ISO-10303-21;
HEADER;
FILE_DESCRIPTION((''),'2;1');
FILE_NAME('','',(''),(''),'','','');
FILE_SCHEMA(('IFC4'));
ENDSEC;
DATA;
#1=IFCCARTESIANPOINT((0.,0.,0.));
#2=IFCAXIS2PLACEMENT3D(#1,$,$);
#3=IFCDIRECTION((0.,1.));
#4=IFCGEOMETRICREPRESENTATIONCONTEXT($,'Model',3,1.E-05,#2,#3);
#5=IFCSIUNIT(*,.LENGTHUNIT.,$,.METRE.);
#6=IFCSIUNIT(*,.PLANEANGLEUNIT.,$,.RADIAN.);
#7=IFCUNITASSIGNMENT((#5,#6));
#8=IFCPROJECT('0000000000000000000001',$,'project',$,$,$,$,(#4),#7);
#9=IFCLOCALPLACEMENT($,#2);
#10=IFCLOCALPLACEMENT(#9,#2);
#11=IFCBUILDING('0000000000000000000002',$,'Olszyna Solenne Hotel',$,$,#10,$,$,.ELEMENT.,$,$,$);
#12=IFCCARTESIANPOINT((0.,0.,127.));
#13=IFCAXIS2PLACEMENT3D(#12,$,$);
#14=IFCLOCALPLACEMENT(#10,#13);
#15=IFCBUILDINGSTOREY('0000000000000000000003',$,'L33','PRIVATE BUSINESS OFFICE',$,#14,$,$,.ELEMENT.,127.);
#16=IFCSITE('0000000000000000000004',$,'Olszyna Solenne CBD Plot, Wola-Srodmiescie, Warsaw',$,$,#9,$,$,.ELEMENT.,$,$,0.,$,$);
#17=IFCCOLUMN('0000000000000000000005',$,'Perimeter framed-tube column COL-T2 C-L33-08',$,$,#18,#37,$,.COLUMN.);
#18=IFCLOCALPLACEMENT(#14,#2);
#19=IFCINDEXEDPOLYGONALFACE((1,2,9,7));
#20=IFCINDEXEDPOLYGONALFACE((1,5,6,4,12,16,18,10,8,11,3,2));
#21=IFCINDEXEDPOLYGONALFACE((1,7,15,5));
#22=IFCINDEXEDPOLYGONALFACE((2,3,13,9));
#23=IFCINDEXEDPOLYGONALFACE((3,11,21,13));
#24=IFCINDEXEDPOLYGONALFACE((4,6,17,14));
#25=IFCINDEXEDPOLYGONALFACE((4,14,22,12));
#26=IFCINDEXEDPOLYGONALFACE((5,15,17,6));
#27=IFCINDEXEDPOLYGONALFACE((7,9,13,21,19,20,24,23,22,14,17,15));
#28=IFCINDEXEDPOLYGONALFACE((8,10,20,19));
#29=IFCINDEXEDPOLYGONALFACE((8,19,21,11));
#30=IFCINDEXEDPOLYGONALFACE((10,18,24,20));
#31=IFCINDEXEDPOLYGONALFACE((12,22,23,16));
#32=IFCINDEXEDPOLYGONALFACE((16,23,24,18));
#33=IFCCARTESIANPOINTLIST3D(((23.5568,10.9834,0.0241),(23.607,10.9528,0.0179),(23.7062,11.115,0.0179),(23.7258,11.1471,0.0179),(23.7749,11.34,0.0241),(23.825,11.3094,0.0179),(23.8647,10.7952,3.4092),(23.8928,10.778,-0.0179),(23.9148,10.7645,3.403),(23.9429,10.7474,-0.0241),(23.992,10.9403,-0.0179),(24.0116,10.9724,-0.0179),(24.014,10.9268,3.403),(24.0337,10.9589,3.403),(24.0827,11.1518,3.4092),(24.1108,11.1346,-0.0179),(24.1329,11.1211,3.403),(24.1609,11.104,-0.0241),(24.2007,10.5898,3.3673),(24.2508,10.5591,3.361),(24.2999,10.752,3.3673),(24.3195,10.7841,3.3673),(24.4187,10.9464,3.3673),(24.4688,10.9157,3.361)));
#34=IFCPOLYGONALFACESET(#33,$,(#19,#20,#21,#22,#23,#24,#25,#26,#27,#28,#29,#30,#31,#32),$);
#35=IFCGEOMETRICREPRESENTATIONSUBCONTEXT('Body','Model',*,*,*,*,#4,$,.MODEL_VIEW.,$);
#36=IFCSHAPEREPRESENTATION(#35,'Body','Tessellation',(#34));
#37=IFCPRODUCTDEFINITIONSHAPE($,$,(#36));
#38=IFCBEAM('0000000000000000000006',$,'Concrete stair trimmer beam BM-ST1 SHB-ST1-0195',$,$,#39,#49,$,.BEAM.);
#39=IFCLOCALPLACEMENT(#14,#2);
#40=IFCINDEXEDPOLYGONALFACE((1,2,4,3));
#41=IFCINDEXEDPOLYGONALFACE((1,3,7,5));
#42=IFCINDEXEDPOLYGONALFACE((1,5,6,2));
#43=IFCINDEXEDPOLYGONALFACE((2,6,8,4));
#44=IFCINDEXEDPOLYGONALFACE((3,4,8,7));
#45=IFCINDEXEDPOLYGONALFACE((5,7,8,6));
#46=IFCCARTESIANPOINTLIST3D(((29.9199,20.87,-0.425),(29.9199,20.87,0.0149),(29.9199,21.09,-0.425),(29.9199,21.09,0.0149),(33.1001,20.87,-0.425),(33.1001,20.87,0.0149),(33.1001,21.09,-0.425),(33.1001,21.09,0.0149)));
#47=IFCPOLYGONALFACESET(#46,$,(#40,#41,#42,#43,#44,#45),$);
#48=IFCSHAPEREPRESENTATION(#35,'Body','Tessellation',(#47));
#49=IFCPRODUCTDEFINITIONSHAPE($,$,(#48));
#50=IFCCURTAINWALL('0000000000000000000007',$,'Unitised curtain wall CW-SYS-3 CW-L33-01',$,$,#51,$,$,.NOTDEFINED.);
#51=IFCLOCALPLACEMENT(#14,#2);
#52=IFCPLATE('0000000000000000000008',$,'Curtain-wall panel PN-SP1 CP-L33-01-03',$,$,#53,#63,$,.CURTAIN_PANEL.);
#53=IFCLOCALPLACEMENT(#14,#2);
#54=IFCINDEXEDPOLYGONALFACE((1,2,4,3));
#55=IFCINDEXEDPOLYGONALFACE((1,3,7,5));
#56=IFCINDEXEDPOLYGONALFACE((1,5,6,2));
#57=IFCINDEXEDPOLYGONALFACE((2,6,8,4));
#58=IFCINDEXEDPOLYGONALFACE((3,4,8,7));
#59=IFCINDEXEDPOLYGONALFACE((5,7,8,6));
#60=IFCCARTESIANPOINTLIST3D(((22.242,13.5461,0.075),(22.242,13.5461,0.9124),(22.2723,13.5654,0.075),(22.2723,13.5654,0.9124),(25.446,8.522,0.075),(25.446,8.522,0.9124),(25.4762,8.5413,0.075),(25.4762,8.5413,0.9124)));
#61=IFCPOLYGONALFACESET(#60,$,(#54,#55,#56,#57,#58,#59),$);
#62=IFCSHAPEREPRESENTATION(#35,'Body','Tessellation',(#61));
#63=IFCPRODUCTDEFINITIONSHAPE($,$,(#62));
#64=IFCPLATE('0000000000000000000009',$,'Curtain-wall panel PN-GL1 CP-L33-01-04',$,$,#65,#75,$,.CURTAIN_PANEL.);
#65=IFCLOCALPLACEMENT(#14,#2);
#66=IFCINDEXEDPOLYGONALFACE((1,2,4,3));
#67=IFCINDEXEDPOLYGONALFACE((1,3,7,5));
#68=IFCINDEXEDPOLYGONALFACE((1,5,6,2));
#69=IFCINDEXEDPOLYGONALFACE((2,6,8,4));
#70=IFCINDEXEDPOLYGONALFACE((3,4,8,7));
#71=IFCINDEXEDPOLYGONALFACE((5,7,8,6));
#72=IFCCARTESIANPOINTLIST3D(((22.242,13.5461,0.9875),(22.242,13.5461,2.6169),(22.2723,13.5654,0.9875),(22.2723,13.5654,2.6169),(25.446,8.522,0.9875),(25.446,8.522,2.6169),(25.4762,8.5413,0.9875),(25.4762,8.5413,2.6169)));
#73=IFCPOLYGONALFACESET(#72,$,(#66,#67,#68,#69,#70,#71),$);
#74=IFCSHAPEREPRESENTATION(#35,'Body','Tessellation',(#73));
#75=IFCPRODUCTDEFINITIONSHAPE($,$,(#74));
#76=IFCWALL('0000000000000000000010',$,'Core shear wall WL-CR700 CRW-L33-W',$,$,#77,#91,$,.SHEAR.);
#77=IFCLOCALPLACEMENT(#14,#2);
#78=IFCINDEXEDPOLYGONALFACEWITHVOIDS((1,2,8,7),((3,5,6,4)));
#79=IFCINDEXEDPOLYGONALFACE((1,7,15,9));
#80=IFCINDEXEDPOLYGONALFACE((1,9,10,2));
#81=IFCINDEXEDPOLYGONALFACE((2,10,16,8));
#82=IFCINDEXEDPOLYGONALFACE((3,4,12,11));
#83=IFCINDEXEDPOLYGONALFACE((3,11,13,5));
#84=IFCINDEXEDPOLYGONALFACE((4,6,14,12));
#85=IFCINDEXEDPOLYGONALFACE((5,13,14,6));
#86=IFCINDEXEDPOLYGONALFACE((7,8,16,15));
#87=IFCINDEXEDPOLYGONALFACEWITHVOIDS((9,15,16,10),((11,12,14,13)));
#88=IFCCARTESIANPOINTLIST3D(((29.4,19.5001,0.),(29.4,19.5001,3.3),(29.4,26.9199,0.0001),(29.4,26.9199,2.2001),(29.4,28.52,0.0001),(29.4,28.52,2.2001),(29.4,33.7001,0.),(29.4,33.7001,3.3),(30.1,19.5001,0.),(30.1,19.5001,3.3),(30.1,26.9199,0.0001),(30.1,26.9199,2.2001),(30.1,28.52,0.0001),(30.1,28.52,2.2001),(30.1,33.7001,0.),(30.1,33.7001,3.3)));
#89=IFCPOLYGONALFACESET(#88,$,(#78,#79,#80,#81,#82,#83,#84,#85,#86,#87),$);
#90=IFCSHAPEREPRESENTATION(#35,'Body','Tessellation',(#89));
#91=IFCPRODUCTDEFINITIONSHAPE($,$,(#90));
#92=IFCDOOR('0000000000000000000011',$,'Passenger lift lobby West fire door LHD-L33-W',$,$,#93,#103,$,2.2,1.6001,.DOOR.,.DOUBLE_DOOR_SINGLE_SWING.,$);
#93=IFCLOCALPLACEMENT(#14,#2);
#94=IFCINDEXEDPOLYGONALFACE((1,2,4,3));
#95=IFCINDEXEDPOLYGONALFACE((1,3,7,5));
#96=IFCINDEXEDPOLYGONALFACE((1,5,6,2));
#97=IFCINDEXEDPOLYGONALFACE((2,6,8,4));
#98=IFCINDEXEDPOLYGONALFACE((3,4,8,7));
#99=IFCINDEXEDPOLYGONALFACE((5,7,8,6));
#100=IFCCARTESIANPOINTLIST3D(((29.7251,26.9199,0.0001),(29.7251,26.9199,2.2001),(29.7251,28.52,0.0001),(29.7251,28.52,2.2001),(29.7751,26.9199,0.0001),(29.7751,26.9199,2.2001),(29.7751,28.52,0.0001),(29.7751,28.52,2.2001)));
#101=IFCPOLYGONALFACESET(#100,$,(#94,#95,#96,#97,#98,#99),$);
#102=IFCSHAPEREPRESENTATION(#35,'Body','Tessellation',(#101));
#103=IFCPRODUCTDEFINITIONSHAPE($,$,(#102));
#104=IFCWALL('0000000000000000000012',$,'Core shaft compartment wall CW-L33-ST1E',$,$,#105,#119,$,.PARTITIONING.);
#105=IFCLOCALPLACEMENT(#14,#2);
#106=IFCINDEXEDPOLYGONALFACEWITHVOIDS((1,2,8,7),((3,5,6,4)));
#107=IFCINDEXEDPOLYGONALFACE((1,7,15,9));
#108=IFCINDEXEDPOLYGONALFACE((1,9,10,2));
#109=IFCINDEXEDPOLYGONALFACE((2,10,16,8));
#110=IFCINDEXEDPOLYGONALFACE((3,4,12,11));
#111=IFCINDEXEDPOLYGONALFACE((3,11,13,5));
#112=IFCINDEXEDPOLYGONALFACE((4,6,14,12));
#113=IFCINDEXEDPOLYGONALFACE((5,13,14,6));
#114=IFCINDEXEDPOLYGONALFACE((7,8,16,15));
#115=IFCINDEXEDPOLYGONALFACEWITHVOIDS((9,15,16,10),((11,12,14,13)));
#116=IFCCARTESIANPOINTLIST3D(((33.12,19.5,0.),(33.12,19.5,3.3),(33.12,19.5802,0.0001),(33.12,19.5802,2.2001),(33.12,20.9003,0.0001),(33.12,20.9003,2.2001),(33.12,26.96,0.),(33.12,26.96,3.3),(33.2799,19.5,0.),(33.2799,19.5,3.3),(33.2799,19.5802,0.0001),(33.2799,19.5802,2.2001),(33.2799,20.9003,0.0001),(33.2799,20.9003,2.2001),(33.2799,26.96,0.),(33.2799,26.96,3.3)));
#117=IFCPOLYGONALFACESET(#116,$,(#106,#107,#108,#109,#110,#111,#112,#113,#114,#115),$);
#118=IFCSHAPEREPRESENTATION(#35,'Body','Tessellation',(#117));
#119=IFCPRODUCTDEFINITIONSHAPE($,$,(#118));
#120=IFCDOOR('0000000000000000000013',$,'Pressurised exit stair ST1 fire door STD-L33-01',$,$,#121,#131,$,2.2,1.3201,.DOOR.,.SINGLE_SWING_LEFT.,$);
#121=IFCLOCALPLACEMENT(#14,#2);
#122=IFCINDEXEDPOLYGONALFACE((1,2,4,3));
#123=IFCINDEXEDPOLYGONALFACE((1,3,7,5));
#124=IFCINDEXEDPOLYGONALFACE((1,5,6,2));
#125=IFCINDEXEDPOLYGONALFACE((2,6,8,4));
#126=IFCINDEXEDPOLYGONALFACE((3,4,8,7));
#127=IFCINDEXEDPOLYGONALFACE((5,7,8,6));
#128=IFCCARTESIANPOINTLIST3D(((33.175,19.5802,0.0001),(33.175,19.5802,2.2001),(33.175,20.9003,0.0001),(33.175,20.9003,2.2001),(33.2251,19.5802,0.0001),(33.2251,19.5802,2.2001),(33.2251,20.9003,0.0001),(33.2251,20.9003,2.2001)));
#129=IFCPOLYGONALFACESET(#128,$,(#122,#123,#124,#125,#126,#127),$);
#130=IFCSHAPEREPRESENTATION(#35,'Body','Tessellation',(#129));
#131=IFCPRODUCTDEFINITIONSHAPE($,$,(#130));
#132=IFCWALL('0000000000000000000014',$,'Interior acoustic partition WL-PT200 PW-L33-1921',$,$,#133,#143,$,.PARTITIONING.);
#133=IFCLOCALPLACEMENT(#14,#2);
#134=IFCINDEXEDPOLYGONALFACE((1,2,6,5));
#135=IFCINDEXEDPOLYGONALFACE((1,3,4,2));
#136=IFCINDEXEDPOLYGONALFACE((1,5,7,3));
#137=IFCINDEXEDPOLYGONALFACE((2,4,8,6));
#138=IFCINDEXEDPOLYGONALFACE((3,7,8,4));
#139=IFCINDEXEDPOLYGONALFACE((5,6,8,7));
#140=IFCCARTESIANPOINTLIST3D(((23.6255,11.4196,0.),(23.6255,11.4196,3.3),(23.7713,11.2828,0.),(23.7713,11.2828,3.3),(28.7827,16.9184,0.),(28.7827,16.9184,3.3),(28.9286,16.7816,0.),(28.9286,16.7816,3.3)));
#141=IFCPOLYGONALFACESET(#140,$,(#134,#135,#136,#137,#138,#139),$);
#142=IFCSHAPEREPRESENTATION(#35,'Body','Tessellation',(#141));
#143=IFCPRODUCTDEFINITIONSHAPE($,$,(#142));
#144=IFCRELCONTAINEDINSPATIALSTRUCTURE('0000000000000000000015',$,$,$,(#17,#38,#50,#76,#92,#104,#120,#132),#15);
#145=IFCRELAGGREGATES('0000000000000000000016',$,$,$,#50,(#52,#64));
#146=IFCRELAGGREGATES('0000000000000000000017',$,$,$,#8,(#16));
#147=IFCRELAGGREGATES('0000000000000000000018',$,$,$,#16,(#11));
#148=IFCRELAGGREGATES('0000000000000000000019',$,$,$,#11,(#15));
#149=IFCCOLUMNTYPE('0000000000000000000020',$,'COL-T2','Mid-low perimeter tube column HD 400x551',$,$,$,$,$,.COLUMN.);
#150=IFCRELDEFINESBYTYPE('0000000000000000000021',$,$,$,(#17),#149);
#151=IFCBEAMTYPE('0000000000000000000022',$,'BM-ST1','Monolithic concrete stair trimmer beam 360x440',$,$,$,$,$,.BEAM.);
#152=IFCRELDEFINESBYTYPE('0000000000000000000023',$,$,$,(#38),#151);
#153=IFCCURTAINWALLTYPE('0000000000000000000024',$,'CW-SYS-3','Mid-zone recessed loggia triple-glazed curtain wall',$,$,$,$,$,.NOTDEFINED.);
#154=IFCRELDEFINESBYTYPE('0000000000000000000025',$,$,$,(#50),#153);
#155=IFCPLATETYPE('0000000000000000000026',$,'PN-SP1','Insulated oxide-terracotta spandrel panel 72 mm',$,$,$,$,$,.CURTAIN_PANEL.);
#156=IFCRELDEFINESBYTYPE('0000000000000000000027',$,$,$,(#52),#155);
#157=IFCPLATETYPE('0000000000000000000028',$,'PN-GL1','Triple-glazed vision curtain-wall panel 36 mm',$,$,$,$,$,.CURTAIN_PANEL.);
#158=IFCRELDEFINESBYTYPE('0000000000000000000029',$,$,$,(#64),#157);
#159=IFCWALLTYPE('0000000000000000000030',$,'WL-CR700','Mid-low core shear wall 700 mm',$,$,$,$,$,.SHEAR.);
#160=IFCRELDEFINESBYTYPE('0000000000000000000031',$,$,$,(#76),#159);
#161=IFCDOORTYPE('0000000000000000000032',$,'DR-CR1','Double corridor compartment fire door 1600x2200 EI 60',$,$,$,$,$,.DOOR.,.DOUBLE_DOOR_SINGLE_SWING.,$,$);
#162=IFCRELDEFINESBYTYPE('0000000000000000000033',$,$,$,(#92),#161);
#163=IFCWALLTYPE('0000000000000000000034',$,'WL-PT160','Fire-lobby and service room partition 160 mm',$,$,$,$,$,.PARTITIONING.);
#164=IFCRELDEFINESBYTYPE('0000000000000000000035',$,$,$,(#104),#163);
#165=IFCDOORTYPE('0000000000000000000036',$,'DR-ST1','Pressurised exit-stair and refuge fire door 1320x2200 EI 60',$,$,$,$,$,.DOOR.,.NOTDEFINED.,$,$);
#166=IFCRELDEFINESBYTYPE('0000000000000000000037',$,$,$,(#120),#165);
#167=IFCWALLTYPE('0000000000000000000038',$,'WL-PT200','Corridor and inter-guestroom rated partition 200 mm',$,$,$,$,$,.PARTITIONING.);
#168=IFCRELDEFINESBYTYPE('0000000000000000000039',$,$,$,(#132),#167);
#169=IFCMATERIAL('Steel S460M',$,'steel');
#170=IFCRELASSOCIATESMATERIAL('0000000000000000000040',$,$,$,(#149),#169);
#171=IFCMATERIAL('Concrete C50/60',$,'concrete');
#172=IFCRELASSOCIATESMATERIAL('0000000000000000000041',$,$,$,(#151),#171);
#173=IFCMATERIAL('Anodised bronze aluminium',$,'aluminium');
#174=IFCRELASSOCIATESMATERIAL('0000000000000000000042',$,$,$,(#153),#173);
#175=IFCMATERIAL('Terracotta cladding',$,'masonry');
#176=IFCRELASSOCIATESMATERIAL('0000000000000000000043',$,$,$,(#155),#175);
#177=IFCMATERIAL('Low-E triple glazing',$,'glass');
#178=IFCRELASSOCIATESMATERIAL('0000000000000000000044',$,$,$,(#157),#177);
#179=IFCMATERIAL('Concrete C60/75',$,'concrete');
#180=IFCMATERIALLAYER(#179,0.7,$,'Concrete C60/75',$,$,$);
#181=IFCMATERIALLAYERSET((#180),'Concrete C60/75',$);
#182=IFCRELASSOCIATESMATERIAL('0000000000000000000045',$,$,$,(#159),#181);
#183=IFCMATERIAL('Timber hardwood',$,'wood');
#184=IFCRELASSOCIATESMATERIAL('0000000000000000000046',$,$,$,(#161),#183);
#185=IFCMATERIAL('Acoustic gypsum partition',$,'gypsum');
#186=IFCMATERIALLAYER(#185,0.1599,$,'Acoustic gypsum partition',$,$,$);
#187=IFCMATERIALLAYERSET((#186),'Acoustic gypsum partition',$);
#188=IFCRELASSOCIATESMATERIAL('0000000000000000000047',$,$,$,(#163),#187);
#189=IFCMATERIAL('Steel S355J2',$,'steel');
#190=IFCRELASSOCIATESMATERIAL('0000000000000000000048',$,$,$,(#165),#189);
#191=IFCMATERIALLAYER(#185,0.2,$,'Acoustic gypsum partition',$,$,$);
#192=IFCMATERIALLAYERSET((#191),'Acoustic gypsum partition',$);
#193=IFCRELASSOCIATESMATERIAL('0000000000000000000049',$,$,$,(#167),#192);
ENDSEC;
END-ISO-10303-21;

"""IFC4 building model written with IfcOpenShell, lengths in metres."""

from ifc_helpers import new_model, si_unit, direction, frame, frame_2d, origin, origin_2d, place, context, subcontext, project, spatial, rectangle, i_section, extrude, source, transform, mapped, material, layer, layer_set, material_profile, profile_set, type_object, type_shapes, element, fill, aggregate, save


model = new_model("IFC4")

# Units and contexts
model_context = context("Model", 3, precision=1e-05, world=origin(), true_north=direction((0.0, 1.0)))
body_context = subcontext(model_context, "Body", "Model", "MODEL_VIEW")
ifc_project = project(units=[si_unit("LENGTHUNIT", "METRE"), si_unit("PLANEANGLEUNIT", "RADIAN")], contexts=[model_context])

# Site, building, storey
site_placement = place(None, origin())
site = spatial("IfcSite", under=ifc_project, at=site_placement, Name="Olszyna Solenne CBD Plot, Wola-Srodmiescie, Warsaw", CompositionType="ELEMENT", RefElevation=0.0)
building_placement = place(site_placement, origin())
building = spatial("IfcBuilding", under=site, at=building_placement, Name="Olszyna Solenne Hotel", CompositionType="ELEMENT")
storey_placement = place(building_placement, frame((0.0, 0.0, 127.0)))
storey = spatial("IfcBuildingStorey", under=building, at=storey_placement, Name="L33", Description="PRIVATE BUSINESS OFFICE", CompositionType="ELEMENT", Elevation=127.0)

# Column
ifc_material_1 = material(Name="Steel S460M", Category="steel")
ifc_material_profile_1 = material_profile(ifc_material_1, i_section(OverallWidth=0.418, OverallDepth=0.4551, WebThickness=0.0376, FlangeThickness=0.0591, at=origin_2d()), Name="HD 400x551", Category="load-bearing")
ifc_profile_set_1 = profile_set([ifc_material_profile_1], Name="Steel S460M")
column_type = type_object("IfcColumnType", Name="COL-T2", Description="Mid-low perimeter tube column HD 400x551", PredefinedType="COLUMN", material=ifc_profile_set_1)
shared_shape_1 = source(origin(), body_context, "Body", "SweptSolid", [
    extrude(i_section(OverallWidth=0.418, OverallDepth=0.4551, WebThickness=0.0376, FlangeThickness=0.0591, at=origin_2d()), origin(), (0.0, 0.0, 1.0), 3.4043),
])
column_placement = place(storey_placement, frame((23.8589, 11.0437, 0.0), z_axis=(0.090436, -0.055294, 0.994366), x_axis=(0.521642, 0.853165, 0.0)))
element("IfcColumn", 1, at=column_placement, inside=storey, type_object=column_type, Name="Perimeter framed-tube column COL-T2 C-L33-08", PredefinedType="COLUMN", context=body_context, shape_type="MappedRepresentation", body=[
    mapped(shared_shape_1, transform((0.0, 0.0, 0.0), x_axis=(1.0, 0.0, 0.0), y_axis=(0.0, 1.0, 0.0), z_axis=(0.0, 0.0, 1.0), scale=1.0)),
])

# Beam
ifc_material_2 = material(Name="Concrete C50/60", Category="concrete")
ifc_material_profile_2 = material_profile(ifc_material_2, rectangle(XDim=0.22, YDim=0.4399, at=origin_2d()), Name="RC 220x440", Category="load-bearing")
ifc_profile_set_2 = profile_set([ifc_material_profile_2], Name="Concrete C50/60")
beam_type = type_object("IfcBeamType", Name="BM-ST1", Description="Monolithic concrete stair trimmer beam 360x440", PredefinedType="BEAM", material=ifc_profile_set_2)
shared_shape_2 = source(origin(), body_context, "Body", "SweptSolid", [
    extrude(rectangle(XDim=0.22, YDim=0.4399, at=origin_2d()), origin(), (0.0, 0.0, 1.0), 3.1802),
])
beam_placement = place(storey_placement, frame((33.1001, 20.98, -0.2051), z_axis=(-1.0, 0.0, 0.0), x_axis=(0.0, -1.0, 0.0)))
element("IfcBeam", 2, at=beam_placement, inside=storey, type_object=beam_type, Name="Concrete stair trimmer beam BM-ST1 SHB-ST1-0195", PredefinedType="BEAM", context=body_context, shape_type="MappedRepresentation", body=[
    mapped(shared_shape_2, transform((0.0, 0.0, 0.0), x_axis=(1.0, 0.0, 0.0), y_axis=(0.0, 1.0, 0.0), z_axis=(0.0, 0.0, 1.0), scale=1.0)),
])

# Curtain wall, plates
ifc_material_3 = material(Name="Anodised bronze aluminium", Category="aluminium")
curtain_wall_type = type_object("IfcCurtainWallType", Name="CW-SYS-3", Description="Mid-zone recessed loggia triple-glazed curtain wall", PredefinedType="NOTDEFINED", material=ifc_material_3)
curtain_wall_placement = place(storey_placement, origin())
curtain_wall = element("IfcCurtainWall", 3, at=curtain_wall_placement, inside=storey, type_object=curtain_wall_type, Name="Unitised curtain wall CW-SYS-3 CW-L33-01", PredefinedType="NOTDEFINED")
ifc_material_4 = material(Name="Terracotta cladding", Category="masonry")
plate_type_1 = type_object("IfcPlateType", Name="PN-SP1", Description="Insulated oxide-terracotta spandrel panel 72 mm", PredefinedType="CURTAIN_PANEL", material=ifc_material_4)
shared_shape_3 = source(origin(), body_context, "Body", "SweptSolid", [
    extrude(rectangle(XDim=5.9587, YDim=0.0359, at=origin_2d()), origin(), (0.0, 0.0, 1.0), 0.8374),
])
plate_1_placement = place(storey_placement, frame((23.8591, 11.0437, 0.075), z_axis=(0.0, 0.0, 1.0), x_axis=(0.537687, -0.843144, 0.0)))
plate_1 = element("IfcPlate", 4, at=plate_1_placement, type_object=plate_type_1, Name="Curtain-wall panel PN-SP1 CP-L33-01-03", PredefinedType="CURTAIN_PANEL", context=body_context, shape_type="MappedRepresentation", body=[
    mapped(shared_shape_3, transform((0.0, 0.0, 0.0), x_axis=(1.0, 0.0, 0.0), y_axis=(0.0, 1.0, 0.0), z_axis=(0.0, 0.0, 1.0), scale=1.0)),
])
ifc_material_5 = material(Name="Low-E triple glazing", Category="glass")
plate_type_2 = type_object("IfcPlateType", Name="PN-GL1", Description="Triple-glazed vision curtain-wall panel 36 mm", PredefinedType="CURTAIN_PANEL", material=ifc_material_5)
shared_shape_4 = source(origin(), body_context, "Body", "SweptSolid", [
    extrude(rectangle(XDim=5.9587, YDim=0.0359, at=origin_2d()), origin(), (0.0, 0.0, 1.0), 1.6294),
])
plate_2_placement = place(storey_placement, frame((23.8591, 11.0437, 0.9875), z_axis=(0.0, 0.0, 1.0), x_axis=(0.537687, -0.843144, 0.0)))
plate_2 = element("IfcPlate", 5, at=plate_2_placement, type_object=plate_type_2, Name="Curtain-wall panel PN-GL1 CP-L33-01-04", PredefinedType="CURTAIN_PANEL", context=body_context, shape_type="MappedRepresentation", body=[
    mapped(shared_shape_4, transform((0.0, 0.0, 0.0), x_axis=(1.0, 0.0, 0.0), y_axis=(0.0, 1.0, 0.0), z_axis=(0.0, 0.0, 1.0), scale=1.0)),
])
aggregate(curtain_wall, [plate_1, plate_2])

# Walls, openings, doors
ifc_material_6 = material(Name="Concrete C60/75", Category="concrete")
ifc_layer_1 = layer(ifc_material_6, 0.7, Name="Concrete C60/75")
ifc_layer_set_1 = layer_set([ifc_layer_1], Name="Concrete C60/75")
wall_type_1 = type_object("IfcWallType", Name="WL-CR700", Description="Mid-low core shear wall 700 mm", PredefinedType="SHEAR", material=ifc_layer_set_1)
wall_1_placement = place(storey_placement, frame((29.75, 19.5, 0.0), z_axis=(0.0, 0.0, 1.0), x_axis=(0.0, 1.0, 0.0)))
wall_1 = element("IfcWall", 6, at=wall_1_placement, inside=storey, type_object=wall_type_1, Name="Core shear wall WL-CR700 CRW-L33-W", PredefinedType="SHEAR", context=body_context, shape_type="SweptSolid", body=[
    extrude(rectangle(XDim=14.2, YDim=0.7, at=frame_2d((7.1001, 0.0))), origin(), (0.0, 0.0, 1.0), 3.3),
])
opening_1_placement = place(wall_1_placement, frame((7.4199, 0.0, 0.0)))
opening_1 = element("IfcOpeningElement", 7, at=opening_1_placement, cuts=wall_1, PredefinedType="OPENING", context=body_context, shape_type="SweptSolid", body=[
    extrude(rectangle(XDim=1.6001, YDim=2.2, at=frame_2d((0.8, 1.1001))), frame((0.0, 0.3599, 0.0), z_axis=(0.0, -1.0, 0.0), x_axis=(1.0, 0.0, 0.0)), (0.0, 0.0, 1.0), 0.72),
])
ifc_material_7 = material(Name="Timber hardwood", Category="wood")
door_type_1 = type_object("IfcDoorType", Name="DR-CR1", Description="Double corridor compartment fire door 1600x2200 EI 60", OperationType="DOUBLE_DOOR_SINGLE_SWING", PredefinedType="DOOR", material=ifc_material_7)
shared_shape_5 = source(origin(), body_context, "Body", "SweptSolid", [
    extrude(rectangle(XDim=1.6001, YDim=2.2, at=frame_2d((0.8, 1.1001))), frame((0.0, 0.0249, 0.0), z_axis=(0.0, -1.0, 0.0), x_axis=(1.0, 0.0, 0.0)), (0.0, 0.0, 1.0), 0.05),
])
type_shapes(door_type_1, [shared_shape_5])
door_1_placement = place(opening_1_placement, origin())
door_1 = element("IfcDoor", 8, at=door_1_placement, inside=storey, type_object=door_type_1, Name="Passenger lift lobby West fire door LHD-L33-W", OperationType="DOUBLE_DOOR_SINGLE_SWING", OverallHeight=2.2, OverallWidth=1.6001, PredefinedType="DOOR", context=body_context, shape_type="MappedRepresentation", body=[
    mapped(shared_shape_5, transform((0.0, 0.0, 0.0), x_axis=(1.0, 0.0, 0.0), y_axis=(0.0, 1.0, 0.0), z_axis=(0.0, 0.0, 1.0), scale=1.0)),
])
fill(opening_1, door_1)
ifc_material_8 = material(Name="Acoustic gypsum partition", Category="gypsum")
ifc_layer_2 = layer(ifc_material_8, 0.1599, Name="Acoustic gypsum partition")
ifc_layer_set_2 = layer_set([ifc_layer_2], Name="Acoustic gypsum partition")
wall_type_2 = type_object("IfcWallType", Name="WL-PT160", Description="Fire-lobby and service room partition 160 mm", PredefinedType="PARTITIONING", material=ifc_layer_set_2)
wall_2_placement = place(storey_placement, frame((33.2, 19.5, 0.0), z_axis=(0.0, 0.0, 1.0), x_axis=(0.0, 1.0, 0.0)))
wall_2 = element("IfcWall", 9, at=wall_2_placement, inside=storey, type_object=wall_type_2, Name="Core shaft compartment wall CW-L33-ST1E", PredefinedType="PARTITIONING", context=body_context, shape_type="SweptSolid", body=[
    extrude(rectangle(XDim=7.46, YDim=0.1599, at=frame_2d((3.73, 0.0))), origin(), (0.0, 0.0, 1.0), 3.3),
])
opening_2_placement = place(wall_2_placement, frame((0.0801, 0.0, 0.0)))
opening_2 = element("IfcOpeningElement", 10, at=opening_2_placement, cuts=wall_2, PredefinedType="OPENING", context=body_context, shape_type="SweptSolid", body=[
    extrude(rectangle(XDim=1.3201, YDim=2.2, at=frame_2d((0.6602, 1.1001))), frame((0.0, 0.0898, 0.0), z_axis=(0.0, -1.0, 0.0), x_axis=(1.0, 0.0, 0.0)), (0.0, 0.0, 1.0), 0.1799),
])
ifc_material_9 = material(Name="Steel S355J2", Category="steel")
door_type_2 = type_object("IfcDoorType", Name="DR-ST1", Description="Pressurised exit-stair and refuge fire door 1320x2200 EI 60", OperationType="NOTDEFINED", PredefinedType="DOOR", material=ifc_material_9)
shared_shape_6 = source(origin(), body_context, "Body", "SweptSolid", [
    extrude(rectangle(XDim=1.3201, YDim=2.2, at=frame_2d((0.6602, 1.1001))), frame((0.0, 0.0249, 0.0), z_axis=(0.0, -1.0, 0.0), x_axis=(1.0, 0.0, 0.0)), (0.0, 0.0, 1.0), 0.05),
])
type_shapes(door_type_2, [shared_shape_6])
door_2_placement = place(opening_2_placement, origin())
door_2 = element("IfcDoor", 11, at=door_2_placement, inside=storey, type_object=door_type_2, Name="Pressurised exit stair ST1 fire door STD-L33-01", OperationType="SINGLE_SWING_LEFT", OverallHeight=2.2, OverallWidth=1.3201, PredefinedType="DOOR", context=body_context, shape_type="MappedRepresentation", body=[
    mapped(shared_shape_6, transform((0.0, 0.0, 0.0), x_axis=(1.0, 0.0, 0.0), y_axis=(0.0, 1.0, 0.0), z_axis=(0.0, 0.0, 1.0), scale=1.0)),
])
fill(opening_2, door_2)

# Wall
ifc_layer_3 = layer(ifc_material_8, 0.2, Name="Acoustic gypsum partition")
ifc_layer_set_3 = layer_set([ifc_layer_3], Name="Acoustic gypsum partition")
wall_type_3 = type_object("IfcWallType", Name="WL-PT200", Description="Corridor and inter-guestroom rated partition 200 mm", PredefinedType="PARTITIONING", material=ifc_layer_set_3)
wall_3_placement = place(storey_placement, frame((28.8557, 16.8501, 0.0), z_axis=(0.0, 0.0, 1.0), x_axis=(-0.684091, -0.729397, 0.0)))
element("IfcWall", 12, at=wall_3_placement, inside=storey, type_object=wall_type_3, Name="Interior acoustic partition WL-PT200 PW-L33-1921", PredefinedType="PARTITIONING", context=body_context, shape_type="SweptSolid", body=[
    extrude(rectangle(XDim=7.5388, YDim=0.2, at=frame_2d((3.7695, 0.0))), origin(), (0.0, 0.0, 1.0), 3.3),
])

save(model, "model.ifc")
